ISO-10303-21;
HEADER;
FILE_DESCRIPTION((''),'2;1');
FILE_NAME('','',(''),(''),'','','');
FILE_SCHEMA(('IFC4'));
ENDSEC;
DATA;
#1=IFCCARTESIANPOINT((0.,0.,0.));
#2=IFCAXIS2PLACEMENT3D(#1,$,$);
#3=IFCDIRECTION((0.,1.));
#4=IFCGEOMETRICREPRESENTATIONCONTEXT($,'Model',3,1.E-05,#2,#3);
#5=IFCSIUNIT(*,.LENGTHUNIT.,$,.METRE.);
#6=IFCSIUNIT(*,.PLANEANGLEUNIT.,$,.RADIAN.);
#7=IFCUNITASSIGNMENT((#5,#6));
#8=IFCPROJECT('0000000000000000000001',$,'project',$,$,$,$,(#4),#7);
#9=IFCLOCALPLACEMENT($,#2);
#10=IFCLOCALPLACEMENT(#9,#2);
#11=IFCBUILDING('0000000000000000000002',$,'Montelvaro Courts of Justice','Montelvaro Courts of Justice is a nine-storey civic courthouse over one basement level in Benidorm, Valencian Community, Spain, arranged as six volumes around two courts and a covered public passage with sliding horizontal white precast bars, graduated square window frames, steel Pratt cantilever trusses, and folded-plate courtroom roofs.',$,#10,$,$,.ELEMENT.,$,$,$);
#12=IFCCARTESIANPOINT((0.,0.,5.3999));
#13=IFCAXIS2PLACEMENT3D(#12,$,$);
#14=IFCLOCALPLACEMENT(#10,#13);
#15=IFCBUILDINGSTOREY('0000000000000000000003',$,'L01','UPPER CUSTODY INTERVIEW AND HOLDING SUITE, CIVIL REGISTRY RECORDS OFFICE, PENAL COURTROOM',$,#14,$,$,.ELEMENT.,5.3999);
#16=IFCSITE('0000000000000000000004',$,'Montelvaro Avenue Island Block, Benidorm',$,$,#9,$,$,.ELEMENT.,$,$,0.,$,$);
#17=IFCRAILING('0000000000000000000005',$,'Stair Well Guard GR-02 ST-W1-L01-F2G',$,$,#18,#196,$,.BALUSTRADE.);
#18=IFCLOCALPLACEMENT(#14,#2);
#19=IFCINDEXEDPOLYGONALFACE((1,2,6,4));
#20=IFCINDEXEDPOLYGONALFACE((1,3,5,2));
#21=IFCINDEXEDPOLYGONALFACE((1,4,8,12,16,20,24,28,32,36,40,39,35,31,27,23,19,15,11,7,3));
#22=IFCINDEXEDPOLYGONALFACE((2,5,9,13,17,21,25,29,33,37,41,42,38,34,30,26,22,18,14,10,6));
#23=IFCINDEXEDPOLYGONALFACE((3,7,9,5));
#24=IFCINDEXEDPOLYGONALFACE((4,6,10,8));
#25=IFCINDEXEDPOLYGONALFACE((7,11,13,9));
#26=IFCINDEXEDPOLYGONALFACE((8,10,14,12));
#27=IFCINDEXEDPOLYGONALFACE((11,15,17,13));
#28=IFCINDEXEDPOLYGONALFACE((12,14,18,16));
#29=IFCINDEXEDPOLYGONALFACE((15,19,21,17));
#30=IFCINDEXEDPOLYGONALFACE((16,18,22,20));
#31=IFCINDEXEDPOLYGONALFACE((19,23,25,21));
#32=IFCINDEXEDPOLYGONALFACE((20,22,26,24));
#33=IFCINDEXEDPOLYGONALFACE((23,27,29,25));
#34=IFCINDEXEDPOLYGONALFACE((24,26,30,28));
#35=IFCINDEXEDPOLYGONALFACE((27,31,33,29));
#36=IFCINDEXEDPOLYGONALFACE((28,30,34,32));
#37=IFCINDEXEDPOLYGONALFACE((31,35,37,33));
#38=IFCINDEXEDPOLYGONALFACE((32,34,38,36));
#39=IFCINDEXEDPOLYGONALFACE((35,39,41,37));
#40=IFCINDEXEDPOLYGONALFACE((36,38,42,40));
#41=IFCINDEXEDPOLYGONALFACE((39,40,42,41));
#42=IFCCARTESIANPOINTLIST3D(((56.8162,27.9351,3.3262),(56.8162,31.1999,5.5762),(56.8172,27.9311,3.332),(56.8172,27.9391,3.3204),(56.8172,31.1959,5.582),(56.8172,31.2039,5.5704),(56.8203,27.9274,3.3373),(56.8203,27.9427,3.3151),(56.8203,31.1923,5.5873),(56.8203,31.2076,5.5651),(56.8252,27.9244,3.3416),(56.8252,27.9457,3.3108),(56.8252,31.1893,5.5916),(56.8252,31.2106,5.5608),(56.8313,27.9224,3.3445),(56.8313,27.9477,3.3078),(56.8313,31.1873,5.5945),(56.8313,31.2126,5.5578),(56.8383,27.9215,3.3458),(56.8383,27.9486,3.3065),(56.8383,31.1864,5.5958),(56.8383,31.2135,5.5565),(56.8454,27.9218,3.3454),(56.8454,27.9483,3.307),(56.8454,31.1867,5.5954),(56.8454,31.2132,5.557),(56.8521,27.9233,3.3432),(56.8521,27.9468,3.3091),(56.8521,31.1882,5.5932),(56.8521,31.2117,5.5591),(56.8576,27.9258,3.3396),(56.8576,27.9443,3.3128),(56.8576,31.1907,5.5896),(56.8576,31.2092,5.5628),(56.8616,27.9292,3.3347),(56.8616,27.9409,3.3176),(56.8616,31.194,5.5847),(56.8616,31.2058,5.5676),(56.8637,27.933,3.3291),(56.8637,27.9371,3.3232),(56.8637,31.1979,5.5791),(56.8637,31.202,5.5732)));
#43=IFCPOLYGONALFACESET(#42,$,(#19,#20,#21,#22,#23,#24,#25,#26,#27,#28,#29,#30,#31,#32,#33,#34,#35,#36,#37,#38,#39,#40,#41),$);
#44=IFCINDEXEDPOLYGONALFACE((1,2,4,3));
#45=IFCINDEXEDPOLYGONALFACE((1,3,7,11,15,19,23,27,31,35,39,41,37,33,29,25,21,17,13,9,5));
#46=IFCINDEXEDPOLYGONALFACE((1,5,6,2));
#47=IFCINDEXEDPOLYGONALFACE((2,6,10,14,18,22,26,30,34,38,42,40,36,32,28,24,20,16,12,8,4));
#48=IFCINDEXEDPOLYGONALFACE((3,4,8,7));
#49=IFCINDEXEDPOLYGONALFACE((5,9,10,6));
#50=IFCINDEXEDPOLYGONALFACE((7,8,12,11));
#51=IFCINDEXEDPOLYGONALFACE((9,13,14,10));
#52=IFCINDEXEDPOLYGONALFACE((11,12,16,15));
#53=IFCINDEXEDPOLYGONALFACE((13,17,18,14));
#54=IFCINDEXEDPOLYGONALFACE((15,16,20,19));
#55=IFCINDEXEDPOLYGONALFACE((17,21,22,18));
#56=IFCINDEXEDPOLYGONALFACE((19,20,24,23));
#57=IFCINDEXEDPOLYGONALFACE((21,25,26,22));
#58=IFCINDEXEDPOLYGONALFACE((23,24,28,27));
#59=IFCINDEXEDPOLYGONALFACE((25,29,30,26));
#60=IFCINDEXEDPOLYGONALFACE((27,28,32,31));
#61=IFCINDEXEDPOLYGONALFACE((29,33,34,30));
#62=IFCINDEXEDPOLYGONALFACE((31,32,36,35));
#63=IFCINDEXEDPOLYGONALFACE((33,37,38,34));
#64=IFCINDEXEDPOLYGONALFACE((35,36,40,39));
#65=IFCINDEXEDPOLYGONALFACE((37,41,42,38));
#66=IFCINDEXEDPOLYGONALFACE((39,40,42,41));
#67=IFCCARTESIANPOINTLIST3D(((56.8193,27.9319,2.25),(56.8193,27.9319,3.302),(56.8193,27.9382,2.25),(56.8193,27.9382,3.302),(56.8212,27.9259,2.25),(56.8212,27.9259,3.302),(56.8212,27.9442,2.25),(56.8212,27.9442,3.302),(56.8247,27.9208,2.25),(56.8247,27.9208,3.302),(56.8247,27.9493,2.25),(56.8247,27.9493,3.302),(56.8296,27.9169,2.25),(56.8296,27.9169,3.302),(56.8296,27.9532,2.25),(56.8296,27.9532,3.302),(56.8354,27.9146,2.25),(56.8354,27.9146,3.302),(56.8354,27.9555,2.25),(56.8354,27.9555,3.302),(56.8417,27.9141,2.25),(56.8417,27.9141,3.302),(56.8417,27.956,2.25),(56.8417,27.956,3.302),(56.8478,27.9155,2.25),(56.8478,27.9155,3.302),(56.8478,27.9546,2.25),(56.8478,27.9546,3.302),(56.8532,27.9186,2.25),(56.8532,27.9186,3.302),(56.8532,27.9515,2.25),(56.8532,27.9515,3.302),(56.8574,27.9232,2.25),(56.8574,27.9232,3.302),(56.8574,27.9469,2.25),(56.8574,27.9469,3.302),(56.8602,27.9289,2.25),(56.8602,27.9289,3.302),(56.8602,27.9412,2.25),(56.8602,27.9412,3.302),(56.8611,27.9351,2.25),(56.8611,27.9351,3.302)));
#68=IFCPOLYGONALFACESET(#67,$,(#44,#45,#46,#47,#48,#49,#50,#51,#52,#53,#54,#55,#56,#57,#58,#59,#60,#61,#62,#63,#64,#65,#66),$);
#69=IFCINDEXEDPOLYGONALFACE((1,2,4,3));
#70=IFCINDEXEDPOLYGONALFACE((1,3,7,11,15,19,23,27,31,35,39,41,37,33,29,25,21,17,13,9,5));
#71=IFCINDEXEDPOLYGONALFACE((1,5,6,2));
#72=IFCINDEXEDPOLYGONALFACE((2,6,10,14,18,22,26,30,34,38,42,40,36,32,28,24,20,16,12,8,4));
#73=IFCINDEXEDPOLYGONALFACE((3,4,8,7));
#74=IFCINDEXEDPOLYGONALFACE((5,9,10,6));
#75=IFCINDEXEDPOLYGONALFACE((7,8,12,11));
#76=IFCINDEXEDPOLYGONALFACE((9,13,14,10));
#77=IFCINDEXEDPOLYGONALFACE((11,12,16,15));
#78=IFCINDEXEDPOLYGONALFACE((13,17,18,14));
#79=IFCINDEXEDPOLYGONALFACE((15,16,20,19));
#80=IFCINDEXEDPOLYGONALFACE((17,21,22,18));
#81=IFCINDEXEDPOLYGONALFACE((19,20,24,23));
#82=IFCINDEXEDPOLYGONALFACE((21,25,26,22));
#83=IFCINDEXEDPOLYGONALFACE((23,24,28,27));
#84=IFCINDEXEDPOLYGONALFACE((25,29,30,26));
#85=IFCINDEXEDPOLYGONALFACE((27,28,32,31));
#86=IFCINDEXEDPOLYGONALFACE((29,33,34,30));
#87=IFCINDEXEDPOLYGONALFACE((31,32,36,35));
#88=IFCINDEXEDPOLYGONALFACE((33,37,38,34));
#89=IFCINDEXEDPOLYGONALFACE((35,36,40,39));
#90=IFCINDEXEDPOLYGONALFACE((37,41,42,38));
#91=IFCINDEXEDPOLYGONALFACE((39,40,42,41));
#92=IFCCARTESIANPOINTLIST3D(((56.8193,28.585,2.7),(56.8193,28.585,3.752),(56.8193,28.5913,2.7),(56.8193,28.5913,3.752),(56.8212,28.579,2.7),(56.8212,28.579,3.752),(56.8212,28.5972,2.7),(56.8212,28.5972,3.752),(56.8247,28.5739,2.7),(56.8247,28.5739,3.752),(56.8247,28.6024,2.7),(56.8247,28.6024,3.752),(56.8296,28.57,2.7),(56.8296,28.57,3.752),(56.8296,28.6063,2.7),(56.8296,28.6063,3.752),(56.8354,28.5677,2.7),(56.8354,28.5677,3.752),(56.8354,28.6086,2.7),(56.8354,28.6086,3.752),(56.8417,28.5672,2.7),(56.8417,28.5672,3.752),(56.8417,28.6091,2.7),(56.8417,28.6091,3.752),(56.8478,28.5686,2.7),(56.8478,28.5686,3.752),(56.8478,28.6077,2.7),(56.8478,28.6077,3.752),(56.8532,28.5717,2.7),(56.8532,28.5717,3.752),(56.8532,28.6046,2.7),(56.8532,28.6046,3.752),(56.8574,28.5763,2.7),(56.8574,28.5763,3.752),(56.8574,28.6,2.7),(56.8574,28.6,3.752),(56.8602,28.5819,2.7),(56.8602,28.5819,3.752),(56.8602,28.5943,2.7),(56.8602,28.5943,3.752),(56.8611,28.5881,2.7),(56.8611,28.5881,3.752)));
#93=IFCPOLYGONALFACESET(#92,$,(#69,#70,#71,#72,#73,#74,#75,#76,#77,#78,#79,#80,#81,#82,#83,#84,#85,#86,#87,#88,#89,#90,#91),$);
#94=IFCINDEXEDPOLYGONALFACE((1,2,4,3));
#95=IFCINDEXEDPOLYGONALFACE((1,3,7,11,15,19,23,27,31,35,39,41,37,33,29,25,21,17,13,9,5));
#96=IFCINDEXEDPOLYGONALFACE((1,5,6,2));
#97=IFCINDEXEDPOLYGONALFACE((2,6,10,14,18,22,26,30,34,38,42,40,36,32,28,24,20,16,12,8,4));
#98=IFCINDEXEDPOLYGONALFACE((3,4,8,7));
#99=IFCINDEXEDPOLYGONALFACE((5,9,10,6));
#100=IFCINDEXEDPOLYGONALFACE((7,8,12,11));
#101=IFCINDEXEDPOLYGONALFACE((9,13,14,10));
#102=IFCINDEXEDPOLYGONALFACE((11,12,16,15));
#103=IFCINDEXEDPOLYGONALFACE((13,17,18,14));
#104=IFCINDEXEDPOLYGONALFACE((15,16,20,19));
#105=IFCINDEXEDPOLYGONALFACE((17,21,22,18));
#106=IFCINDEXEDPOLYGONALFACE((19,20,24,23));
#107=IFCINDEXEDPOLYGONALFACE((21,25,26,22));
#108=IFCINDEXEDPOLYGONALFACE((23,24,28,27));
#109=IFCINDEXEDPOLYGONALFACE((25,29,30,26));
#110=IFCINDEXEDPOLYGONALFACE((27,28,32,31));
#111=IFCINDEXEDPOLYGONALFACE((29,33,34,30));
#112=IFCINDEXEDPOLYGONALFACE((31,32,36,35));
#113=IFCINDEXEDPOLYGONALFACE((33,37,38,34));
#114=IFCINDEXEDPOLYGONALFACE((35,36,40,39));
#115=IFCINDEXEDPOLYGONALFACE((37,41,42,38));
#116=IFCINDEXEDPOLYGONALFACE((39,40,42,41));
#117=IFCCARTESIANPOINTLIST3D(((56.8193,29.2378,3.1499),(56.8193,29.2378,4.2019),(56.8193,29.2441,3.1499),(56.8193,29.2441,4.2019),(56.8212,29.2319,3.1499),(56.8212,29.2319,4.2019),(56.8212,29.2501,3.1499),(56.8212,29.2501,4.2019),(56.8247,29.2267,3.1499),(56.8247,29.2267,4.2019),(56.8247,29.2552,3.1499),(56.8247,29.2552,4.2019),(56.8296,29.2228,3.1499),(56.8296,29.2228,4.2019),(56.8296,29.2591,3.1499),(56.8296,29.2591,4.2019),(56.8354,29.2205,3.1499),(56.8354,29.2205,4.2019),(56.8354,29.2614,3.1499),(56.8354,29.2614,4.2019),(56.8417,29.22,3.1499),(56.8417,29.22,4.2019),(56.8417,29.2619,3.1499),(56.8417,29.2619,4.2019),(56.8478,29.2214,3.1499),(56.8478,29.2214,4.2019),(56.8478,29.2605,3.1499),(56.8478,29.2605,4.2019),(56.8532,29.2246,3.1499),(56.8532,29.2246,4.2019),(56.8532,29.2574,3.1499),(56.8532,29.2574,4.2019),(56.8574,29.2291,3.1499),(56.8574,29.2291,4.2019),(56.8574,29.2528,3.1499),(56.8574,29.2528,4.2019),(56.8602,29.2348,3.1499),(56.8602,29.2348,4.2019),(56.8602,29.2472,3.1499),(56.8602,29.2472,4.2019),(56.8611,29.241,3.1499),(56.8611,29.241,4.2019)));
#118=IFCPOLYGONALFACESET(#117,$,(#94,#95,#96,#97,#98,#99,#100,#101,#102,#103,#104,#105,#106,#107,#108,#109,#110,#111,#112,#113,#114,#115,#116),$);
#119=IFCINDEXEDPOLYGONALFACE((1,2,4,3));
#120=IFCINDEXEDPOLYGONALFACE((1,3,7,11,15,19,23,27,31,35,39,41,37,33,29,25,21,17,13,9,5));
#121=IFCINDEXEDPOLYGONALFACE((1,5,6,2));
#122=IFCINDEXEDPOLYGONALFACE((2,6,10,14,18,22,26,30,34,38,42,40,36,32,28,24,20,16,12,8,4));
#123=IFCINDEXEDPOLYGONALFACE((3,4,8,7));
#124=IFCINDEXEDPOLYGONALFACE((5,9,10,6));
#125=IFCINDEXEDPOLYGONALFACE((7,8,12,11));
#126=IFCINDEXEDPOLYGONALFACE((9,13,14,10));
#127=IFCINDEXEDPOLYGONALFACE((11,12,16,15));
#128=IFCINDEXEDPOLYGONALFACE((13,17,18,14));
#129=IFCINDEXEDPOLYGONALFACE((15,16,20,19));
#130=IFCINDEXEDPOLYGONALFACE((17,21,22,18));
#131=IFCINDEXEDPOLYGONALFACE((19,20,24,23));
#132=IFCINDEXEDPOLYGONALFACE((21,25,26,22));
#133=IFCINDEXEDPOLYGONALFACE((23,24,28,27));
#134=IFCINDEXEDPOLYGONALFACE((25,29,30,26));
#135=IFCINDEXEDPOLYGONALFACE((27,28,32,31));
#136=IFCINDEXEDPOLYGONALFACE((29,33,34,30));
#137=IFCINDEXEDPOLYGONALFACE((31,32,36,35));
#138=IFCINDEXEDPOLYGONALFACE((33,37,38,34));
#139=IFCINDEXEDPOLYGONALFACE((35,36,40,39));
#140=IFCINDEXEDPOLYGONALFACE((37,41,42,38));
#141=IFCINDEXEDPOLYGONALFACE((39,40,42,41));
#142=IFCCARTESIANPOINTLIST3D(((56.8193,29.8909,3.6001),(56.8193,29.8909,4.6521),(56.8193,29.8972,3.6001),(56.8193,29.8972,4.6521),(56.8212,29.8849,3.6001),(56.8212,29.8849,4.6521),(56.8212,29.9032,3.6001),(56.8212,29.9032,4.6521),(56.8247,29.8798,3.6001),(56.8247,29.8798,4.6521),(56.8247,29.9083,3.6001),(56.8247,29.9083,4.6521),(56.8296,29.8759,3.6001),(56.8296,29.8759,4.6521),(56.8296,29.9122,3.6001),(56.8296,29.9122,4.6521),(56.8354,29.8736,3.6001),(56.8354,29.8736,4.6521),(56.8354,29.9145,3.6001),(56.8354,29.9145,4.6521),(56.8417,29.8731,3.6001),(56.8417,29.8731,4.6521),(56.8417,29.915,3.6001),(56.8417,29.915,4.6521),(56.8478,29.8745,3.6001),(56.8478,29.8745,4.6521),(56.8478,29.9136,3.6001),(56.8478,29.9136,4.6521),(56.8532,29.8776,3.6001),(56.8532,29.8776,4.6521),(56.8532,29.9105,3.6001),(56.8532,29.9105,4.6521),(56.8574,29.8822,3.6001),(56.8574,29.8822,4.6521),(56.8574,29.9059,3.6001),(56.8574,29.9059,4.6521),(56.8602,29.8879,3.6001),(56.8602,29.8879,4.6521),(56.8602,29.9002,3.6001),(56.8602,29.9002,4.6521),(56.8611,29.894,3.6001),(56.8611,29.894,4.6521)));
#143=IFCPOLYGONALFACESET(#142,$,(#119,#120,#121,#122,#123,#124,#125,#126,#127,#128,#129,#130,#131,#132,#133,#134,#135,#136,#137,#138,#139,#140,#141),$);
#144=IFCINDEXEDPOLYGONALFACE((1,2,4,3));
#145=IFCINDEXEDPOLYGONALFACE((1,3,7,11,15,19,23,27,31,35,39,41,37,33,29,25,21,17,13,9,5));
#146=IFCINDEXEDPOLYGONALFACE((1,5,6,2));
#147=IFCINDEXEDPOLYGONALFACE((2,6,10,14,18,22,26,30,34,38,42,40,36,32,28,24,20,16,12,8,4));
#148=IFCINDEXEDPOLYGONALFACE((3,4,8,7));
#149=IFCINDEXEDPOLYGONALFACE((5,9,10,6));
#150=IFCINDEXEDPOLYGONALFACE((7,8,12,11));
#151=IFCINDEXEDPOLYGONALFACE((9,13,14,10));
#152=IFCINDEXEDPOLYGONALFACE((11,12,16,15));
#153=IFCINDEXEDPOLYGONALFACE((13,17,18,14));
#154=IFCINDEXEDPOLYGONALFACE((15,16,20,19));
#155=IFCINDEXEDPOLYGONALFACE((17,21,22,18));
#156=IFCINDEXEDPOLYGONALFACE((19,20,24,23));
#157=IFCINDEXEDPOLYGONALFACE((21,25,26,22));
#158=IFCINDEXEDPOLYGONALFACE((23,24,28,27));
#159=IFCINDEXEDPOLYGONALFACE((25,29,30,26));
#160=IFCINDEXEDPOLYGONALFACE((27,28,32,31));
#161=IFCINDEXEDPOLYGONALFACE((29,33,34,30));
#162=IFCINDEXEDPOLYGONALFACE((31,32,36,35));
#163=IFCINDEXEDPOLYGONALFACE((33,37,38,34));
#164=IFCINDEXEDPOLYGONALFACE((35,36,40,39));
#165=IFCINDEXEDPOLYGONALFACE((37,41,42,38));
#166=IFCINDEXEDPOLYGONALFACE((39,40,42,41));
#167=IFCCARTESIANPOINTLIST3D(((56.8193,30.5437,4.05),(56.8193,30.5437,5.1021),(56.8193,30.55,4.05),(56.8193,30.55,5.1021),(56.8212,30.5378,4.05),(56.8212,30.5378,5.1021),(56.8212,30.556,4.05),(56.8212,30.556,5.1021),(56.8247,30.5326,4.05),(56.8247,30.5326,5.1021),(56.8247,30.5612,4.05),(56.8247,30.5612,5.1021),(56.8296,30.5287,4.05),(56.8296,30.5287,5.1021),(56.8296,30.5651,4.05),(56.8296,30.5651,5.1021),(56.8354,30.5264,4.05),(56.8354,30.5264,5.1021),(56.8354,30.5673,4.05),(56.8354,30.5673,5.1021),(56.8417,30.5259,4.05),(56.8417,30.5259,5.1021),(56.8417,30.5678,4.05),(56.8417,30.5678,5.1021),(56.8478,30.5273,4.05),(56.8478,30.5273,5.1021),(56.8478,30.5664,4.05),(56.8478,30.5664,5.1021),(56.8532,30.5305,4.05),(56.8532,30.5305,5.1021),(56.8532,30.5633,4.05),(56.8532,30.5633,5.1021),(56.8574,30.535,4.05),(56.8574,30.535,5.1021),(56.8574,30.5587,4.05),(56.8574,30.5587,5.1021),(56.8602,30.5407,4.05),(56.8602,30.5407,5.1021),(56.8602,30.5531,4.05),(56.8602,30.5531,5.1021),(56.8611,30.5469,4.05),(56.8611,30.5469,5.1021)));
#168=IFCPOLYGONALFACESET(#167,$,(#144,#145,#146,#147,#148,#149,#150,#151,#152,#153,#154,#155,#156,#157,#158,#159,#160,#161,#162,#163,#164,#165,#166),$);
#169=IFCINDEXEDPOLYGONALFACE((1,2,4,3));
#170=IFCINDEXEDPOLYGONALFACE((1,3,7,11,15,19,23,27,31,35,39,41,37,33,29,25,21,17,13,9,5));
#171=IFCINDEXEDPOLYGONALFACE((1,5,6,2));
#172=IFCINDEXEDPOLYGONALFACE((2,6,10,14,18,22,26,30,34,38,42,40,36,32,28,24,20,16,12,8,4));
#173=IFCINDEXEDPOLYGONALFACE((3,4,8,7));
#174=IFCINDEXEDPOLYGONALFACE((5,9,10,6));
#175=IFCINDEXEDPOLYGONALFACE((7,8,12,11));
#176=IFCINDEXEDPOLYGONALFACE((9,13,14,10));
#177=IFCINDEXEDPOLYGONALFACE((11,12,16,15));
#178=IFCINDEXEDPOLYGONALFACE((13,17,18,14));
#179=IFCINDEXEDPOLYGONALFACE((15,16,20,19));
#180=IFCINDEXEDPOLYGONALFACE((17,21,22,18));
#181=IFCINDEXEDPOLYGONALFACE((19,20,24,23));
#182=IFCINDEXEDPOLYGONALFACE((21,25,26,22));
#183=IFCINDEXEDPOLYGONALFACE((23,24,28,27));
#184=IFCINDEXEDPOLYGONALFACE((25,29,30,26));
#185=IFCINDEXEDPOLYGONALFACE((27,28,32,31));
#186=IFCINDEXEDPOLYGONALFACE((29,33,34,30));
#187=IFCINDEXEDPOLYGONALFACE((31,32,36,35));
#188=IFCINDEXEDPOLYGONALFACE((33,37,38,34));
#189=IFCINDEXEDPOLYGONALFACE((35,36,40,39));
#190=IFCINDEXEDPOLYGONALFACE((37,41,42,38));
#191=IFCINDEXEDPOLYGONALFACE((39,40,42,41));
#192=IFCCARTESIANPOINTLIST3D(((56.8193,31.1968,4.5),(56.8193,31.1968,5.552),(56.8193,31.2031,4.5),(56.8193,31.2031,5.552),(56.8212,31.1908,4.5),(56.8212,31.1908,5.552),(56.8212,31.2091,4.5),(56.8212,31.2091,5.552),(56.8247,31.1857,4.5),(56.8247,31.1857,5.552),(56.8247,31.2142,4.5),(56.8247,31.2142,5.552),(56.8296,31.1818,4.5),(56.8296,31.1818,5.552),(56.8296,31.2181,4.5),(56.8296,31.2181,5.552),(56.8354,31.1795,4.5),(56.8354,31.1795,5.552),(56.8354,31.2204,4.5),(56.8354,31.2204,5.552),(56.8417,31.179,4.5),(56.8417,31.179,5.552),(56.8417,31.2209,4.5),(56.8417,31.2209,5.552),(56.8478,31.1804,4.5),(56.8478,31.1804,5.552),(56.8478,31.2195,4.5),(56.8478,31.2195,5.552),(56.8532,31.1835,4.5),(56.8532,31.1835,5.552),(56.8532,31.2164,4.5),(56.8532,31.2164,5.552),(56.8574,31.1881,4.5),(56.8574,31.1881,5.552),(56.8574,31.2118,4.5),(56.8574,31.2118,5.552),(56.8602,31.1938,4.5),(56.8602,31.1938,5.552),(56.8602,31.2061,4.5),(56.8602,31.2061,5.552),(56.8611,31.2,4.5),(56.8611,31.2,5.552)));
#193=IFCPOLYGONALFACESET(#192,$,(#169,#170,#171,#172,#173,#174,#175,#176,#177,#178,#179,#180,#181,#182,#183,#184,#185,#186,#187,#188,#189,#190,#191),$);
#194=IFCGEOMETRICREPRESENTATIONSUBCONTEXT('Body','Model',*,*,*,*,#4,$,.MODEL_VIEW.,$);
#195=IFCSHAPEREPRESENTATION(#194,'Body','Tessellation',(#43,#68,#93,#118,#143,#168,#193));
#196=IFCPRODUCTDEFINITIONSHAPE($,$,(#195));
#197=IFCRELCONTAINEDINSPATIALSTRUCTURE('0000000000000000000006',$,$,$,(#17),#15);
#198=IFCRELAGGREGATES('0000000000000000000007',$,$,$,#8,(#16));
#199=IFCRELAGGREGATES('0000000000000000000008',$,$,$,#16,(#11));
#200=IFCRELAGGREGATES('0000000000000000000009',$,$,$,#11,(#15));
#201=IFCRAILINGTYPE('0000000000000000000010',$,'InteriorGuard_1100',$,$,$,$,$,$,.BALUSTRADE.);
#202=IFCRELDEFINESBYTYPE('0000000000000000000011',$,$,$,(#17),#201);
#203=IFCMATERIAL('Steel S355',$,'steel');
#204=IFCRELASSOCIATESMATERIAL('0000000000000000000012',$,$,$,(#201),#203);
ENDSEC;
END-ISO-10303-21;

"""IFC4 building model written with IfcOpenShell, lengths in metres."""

from ifc_helpers import new_model, si_unit, direction, frame, origin, origin_2d, place, context, subcontext, project, spatial, circle, extrude, material, type_object, element, save


model = new_model("IFC4")

# Units and contexts
model_context = context("Model", 3, precision=1e-05, world=origin(), true_north=direction((0.0, 1.0)))
body_context = subcontext(model_context, "Body", "Model", "MODEL_VIEW")
ifc_project = project(units=[si_unit("LENGTHUNIT", "METRE"), si_unit("PLANEANGLEUNIT", "RADIAN")], contexts=[model_context])

# Site, building, storey
site_placement = place(None, origin())
site = spatial("IfcSite", under=ifc_project, at=site_placement, Name="Montelvaro Avenue Island Block, Benidorm", CompositionType="ELEMENT", RefElevation=0.0)
building_placement = place(site_placement, origin())
building = spatial("IfcBuilding", under=site, at=building_placement, Name="Montelvaro Courts of Justice", Description="Montelvaro Courts of Justice is a nine-storey civic courthouse over one basement level in Benidorm, Valencian Community, Spain, arranged as six volumes around two courts and a covered public passage with sliding horizontal white precast bars, graduated square window frames, steel Pratt cantilever trusses, and folded-plate courtroom roofs.", CompositionType="ELEMENT")
storey_placement = place(building_placement, frame((0.0, 0.0, 5.3999)))
storey = spatial("IfcBuildingStorey", under=building, at=storey_placement, Name="L01", Description="UPPER CUSTODY INTERVIEW AND HOLDING SUITE, CIVIL REGISTRY RECORDS OFFICE, PENAL COURTROOM", CompositionType="ELEMENT", Elevation=5.3999)

# Shared definitions
ifc_material_1 = material(Name="Steel S355", Category="steel")

# Railing
railing_type_1 = type_object("IfcRailingType", Name="InteriorGuard_1100", PredefinedType="BALUSTRADE", material=ifc_material_1)
railing_1_placement = place(storey_placement, frame((56.8401, 27.9351, 2.25)))
element("IfcRailing", 1, at=railing_1_placement, inside=storey, type_object=railing_type_1, Name="Stair Well Guard GR-02 ST-W1-L01-F2G", PredefinedType="BALUSTRADE", context=body_context, shape_type="SweptSolid", body=[
    extrude(circle(Radius=0.0239, at=origin_2d()), frame((0.0, 0.0, 1.0762), z_axis=(0.0, 0.823407, 0.567451), x_axis=(-1.0, 0.0, 0.0)), (0.0, 0.0, 1.0), 3.9651),
    extrude(circle(Radius=0.021, at=origin_2d()), origin(), (0.0, 0.0, 1.0), 1.052),
    extrude(circle(Radius=0.021, at=origin_2d()), frame((0.0, 0.6531, 0.45)), (0.0, 0.0, 1.0), 1.052),
    extrude(circle(Radius=0.021, at=origin_2d()), frame((0.0, 1.3059, 0.8999)), (0.0, 0.0, 1.0), 1.052),
    extrude(circle(Radius=0.021, at=origin_2d()), frame((0.0, 1.959, 1.3501)), (0.0, 0.0, 1.0), 1.052),
    extrude(circle(Radius=0.021, at=origin_2d()), frame((0.0, 2.6118, 1.8)), (0.0, 0.0, 1.0), 1.052),
    extrude(circle(Radius=0.021, at=origin_2d()), frame((0.0, 3.2649, 2.25)), (0.0, 0.0, 1.0), 1.052),
])

save(model, "model.ifc")
